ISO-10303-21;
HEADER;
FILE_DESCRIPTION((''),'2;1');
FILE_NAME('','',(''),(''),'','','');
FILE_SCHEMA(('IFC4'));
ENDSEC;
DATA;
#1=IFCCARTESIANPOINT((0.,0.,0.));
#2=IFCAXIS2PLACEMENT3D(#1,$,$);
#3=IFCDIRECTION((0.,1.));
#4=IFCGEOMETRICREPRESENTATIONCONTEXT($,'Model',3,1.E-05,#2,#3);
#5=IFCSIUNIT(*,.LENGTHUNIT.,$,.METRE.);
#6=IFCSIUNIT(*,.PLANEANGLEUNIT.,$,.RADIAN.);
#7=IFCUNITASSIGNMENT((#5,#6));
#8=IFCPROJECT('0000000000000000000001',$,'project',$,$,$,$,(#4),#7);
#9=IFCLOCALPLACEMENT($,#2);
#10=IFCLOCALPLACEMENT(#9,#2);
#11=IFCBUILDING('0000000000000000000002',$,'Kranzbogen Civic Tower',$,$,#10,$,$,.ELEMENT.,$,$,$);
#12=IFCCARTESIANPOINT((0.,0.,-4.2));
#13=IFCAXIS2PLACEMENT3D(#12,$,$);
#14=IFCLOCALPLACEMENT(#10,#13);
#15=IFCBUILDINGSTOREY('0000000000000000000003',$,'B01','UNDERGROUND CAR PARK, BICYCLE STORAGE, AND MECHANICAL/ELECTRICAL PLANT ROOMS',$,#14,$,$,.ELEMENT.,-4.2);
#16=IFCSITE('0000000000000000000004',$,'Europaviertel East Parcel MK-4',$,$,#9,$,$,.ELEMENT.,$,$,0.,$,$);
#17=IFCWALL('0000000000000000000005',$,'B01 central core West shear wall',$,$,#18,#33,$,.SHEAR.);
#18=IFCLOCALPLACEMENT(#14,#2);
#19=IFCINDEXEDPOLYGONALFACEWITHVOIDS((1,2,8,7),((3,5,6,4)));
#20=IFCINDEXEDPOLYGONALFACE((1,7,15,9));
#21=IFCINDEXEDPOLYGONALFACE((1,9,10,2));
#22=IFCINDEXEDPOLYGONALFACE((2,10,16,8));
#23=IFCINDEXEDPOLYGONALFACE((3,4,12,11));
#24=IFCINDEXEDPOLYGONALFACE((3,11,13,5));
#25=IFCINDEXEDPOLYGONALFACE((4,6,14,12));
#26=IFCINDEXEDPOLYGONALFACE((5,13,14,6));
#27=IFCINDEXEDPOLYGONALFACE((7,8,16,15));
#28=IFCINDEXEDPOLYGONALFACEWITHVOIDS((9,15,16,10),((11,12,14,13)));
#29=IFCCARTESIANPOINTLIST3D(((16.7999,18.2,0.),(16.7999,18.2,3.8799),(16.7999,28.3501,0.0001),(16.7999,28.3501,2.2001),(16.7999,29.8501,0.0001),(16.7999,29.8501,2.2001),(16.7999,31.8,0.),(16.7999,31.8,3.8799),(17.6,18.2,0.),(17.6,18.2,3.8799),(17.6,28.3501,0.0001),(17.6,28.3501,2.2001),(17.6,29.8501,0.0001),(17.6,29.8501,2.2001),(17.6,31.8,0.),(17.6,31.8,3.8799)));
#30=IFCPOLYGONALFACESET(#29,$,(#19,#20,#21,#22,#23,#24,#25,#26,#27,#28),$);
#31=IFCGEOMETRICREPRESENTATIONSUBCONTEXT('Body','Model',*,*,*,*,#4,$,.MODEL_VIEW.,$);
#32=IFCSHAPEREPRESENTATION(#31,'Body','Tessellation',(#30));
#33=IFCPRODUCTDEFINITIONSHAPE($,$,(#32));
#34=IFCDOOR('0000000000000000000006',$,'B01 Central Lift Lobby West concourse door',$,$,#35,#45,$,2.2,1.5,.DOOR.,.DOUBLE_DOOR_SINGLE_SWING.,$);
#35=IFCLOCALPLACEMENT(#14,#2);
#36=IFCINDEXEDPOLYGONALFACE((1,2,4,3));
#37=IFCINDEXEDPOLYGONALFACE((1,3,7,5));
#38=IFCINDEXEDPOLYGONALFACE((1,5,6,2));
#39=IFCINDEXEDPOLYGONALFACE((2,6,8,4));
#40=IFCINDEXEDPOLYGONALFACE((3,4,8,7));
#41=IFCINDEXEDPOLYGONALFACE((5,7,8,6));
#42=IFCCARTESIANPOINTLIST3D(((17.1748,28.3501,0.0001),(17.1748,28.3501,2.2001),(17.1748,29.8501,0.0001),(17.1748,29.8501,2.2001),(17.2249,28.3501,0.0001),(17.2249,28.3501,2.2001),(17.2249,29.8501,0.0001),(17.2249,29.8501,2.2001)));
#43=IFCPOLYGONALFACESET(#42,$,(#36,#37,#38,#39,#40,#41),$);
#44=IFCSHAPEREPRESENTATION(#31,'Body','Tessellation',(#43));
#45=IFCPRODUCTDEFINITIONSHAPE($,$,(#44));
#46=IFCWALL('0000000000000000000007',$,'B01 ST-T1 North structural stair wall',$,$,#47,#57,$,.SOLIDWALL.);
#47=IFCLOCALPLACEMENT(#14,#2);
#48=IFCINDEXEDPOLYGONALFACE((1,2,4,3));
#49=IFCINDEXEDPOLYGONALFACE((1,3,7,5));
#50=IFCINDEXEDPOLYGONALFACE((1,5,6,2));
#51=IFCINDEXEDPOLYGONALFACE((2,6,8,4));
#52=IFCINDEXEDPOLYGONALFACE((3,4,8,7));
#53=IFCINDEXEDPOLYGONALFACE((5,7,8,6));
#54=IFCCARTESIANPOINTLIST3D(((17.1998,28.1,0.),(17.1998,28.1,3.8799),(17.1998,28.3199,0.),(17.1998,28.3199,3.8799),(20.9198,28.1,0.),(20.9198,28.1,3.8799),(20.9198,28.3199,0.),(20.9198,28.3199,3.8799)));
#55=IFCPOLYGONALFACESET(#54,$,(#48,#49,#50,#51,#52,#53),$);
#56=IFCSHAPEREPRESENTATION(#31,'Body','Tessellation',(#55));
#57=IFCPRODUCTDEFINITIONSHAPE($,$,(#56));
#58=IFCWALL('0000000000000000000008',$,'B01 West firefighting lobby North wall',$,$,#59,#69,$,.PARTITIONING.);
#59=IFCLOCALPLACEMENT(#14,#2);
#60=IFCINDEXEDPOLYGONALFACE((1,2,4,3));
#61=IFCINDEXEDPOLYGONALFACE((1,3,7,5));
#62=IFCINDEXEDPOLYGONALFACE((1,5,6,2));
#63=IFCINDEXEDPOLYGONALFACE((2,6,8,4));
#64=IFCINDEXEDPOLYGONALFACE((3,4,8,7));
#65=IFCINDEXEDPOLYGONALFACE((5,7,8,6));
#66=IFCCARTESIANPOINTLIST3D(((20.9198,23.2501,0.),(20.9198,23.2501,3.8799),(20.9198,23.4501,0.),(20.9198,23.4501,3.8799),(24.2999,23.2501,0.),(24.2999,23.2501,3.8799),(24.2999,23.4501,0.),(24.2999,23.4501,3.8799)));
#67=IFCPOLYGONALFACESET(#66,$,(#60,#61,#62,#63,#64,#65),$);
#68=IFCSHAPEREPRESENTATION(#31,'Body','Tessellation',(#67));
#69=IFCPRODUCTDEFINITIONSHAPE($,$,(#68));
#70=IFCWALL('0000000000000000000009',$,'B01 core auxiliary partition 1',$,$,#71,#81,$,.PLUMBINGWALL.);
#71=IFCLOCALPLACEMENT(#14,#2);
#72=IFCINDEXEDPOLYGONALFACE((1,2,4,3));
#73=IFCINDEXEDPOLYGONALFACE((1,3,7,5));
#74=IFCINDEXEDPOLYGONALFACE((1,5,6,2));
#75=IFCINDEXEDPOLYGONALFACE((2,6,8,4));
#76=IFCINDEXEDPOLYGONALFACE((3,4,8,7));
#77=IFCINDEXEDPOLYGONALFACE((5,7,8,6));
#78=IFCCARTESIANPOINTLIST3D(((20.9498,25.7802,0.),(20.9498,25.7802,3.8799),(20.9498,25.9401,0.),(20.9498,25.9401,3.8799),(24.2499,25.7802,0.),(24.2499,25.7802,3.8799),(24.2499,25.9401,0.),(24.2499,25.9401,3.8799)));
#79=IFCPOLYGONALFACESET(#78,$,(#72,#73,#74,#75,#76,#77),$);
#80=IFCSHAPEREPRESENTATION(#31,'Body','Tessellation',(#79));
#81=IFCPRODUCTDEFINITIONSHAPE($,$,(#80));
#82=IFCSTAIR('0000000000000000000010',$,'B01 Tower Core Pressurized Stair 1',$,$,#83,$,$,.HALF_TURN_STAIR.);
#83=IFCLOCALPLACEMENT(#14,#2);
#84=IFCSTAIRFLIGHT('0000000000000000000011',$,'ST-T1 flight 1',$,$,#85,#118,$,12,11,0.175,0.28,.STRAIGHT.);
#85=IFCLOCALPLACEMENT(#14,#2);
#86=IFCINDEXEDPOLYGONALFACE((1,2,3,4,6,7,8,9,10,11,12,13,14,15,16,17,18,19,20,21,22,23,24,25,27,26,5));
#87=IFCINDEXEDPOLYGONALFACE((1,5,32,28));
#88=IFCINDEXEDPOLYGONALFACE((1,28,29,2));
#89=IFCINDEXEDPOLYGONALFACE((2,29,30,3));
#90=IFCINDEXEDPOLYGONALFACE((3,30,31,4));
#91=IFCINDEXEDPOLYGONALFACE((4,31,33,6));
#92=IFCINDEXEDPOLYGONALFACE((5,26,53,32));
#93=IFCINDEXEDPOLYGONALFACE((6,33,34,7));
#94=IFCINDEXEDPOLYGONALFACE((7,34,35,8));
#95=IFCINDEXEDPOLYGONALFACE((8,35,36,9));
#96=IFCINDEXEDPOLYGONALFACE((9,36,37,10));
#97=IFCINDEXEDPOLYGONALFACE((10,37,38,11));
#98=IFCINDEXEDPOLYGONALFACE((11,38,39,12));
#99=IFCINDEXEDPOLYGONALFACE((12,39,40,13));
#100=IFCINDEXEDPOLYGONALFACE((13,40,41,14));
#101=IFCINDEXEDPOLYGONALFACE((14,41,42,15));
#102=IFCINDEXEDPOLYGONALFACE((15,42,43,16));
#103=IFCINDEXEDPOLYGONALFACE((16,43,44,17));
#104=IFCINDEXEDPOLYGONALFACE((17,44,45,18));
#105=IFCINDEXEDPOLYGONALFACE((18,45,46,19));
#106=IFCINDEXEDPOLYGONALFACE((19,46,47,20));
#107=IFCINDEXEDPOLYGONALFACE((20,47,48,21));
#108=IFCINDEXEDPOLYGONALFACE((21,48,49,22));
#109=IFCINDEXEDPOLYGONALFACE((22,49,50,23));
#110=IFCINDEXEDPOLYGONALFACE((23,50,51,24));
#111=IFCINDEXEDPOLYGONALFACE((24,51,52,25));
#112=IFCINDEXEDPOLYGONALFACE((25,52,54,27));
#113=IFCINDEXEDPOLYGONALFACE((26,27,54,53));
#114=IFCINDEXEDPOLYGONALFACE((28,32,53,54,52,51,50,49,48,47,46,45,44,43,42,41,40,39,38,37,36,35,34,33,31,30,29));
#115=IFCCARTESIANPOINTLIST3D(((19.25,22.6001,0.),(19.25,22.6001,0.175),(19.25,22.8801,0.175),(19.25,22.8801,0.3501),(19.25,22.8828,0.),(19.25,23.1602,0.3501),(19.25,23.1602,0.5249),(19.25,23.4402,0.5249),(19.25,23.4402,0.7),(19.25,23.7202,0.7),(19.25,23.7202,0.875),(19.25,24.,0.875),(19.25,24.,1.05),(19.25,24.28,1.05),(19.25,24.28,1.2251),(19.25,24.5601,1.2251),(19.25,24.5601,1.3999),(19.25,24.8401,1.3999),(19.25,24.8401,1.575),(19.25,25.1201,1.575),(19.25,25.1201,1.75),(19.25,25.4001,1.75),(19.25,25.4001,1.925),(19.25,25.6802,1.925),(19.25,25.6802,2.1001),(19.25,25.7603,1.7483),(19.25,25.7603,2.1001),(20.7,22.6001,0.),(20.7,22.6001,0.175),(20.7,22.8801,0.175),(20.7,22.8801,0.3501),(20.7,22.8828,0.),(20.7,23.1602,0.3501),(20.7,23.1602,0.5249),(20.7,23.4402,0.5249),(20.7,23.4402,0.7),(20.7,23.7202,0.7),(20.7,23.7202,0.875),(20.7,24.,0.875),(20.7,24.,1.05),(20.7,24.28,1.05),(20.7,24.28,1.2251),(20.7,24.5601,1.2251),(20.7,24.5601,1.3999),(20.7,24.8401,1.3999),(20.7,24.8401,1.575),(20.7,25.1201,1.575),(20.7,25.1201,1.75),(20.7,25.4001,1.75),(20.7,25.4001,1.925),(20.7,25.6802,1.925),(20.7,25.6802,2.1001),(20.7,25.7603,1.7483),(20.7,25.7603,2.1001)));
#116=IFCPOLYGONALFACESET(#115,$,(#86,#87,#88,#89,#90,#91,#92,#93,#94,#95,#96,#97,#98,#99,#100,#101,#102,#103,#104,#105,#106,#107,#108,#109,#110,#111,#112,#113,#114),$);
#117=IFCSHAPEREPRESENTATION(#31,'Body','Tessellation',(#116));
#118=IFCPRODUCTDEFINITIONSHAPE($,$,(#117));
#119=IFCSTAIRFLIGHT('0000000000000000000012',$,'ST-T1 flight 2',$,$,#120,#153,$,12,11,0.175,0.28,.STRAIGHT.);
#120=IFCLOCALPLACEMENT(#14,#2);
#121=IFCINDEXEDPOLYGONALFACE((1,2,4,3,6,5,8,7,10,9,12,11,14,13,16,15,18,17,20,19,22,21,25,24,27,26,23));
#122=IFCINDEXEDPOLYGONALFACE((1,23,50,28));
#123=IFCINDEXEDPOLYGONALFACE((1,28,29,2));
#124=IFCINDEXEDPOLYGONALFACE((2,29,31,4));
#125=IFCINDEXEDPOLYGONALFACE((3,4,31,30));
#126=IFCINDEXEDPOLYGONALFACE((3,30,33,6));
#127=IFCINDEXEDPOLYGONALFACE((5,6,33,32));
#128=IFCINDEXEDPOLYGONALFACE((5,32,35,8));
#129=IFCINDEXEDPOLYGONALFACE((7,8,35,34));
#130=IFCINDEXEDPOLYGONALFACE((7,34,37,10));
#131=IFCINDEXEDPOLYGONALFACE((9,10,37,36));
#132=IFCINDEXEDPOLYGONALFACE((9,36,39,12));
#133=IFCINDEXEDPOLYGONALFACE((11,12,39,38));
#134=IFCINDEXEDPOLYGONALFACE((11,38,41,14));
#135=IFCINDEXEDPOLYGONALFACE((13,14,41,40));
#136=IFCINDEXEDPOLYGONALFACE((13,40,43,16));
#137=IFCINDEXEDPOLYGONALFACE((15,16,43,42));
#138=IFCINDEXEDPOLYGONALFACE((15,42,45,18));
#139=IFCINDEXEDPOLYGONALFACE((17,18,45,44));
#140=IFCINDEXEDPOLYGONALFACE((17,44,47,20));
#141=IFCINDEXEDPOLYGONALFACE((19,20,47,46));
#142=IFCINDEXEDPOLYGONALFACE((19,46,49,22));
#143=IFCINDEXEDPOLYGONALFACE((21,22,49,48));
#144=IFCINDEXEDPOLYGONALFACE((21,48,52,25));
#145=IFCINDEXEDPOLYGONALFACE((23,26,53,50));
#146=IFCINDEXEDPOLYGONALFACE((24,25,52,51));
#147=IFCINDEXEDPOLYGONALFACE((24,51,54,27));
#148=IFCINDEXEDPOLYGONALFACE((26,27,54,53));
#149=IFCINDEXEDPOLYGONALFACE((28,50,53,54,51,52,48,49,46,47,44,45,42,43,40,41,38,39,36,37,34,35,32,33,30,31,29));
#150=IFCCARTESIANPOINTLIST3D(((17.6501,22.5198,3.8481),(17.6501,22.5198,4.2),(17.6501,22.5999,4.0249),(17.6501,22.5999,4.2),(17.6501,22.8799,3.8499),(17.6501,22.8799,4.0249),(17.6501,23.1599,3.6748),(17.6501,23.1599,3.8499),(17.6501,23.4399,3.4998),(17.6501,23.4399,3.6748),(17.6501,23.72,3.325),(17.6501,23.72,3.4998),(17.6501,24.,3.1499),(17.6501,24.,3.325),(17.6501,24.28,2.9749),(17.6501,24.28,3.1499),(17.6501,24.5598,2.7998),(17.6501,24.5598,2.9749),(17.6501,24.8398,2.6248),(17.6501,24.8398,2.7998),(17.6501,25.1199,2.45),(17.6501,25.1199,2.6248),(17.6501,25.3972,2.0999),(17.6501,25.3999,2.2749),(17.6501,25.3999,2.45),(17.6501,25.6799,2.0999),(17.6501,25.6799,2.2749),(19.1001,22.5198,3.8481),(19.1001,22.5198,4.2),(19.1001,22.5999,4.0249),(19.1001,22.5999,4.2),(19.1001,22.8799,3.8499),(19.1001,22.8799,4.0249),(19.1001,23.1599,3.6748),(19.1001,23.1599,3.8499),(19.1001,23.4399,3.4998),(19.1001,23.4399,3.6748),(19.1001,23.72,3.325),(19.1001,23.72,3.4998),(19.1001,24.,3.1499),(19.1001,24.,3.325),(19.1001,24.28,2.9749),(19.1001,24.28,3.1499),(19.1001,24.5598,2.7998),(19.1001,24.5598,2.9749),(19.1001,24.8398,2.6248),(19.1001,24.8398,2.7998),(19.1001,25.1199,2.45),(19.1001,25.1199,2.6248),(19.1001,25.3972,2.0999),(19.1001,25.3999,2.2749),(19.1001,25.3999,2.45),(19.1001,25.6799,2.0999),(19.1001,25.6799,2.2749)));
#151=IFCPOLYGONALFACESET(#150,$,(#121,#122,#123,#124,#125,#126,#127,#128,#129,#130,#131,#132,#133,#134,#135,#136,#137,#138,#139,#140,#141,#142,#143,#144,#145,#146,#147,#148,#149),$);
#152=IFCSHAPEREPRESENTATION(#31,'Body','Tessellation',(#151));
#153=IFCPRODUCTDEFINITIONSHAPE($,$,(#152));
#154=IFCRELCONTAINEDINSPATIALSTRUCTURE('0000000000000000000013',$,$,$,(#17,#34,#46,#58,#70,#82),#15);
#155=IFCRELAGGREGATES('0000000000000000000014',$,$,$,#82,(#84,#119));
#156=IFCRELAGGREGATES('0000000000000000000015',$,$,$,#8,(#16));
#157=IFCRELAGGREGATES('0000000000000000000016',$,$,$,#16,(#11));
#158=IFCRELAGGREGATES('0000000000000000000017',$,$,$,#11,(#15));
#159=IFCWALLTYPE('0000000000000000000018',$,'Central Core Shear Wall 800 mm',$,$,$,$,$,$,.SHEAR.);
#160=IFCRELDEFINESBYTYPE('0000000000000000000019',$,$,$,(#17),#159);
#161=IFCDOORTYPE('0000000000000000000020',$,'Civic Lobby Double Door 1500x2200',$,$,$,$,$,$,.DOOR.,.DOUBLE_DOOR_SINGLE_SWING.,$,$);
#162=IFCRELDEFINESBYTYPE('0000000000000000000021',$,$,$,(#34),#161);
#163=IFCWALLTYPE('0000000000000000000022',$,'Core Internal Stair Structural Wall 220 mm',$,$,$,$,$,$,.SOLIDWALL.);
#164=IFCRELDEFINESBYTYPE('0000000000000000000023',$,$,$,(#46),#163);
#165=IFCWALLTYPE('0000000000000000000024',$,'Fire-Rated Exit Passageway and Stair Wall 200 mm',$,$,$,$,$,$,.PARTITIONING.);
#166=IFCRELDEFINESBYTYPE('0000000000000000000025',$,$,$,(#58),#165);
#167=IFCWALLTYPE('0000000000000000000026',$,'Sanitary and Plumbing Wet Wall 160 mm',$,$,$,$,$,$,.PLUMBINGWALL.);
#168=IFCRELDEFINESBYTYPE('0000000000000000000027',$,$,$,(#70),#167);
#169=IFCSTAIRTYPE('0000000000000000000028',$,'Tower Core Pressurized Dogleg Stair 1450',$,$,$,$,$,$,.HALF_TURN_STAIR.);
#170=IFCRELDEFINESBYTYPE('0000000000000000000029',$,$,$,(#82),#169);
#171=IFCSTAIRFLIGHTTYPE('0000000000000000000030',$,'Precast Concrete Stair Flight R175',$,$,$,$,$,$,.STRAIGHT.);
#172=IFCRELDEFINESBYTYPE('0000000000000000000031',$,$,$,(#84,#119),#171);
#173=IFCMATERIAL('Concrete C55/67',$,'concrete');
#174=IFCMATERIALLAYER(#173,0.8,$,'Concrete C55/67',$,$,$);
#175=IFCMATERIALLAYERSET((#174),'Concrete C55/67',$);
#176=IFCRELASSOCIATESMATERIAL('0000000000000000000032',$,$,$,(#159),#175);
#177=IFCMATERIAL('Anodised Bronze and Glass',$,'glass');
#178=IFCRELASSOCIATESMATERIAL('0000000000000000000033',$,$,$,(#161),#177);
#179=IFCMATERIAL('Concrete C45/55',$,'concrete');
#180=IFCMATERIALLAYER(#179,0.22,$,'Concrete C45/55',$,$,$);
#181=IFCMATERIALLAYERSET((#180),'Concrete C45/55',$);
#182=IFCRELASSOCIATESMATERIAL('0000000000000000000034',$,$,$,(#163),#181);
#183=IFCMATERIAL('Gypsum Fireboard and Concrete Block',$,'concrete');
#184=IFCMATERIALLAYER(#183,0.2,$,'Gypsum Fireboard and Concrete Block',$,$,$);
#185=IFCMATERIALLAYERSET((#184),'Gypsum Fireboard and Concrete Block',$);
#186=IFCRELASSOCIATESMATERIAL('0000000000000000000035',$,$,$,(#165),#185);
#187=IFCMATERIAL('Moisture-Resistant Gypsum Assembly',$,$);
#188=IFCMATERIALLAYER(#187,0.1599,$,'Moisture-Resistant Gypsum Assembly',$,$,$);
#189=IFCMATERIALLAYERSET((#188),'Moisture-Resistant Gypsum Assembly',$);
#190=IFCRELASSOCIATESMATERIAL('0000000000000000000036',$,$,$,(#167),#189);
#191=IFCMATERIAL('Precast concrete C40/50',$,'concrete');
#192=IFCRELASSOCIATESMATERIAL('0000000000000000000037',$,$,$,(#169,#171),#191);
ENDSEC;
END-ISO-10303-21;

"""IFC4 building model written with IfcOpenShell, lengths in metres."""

from ifc_helpers import new_model, si_unit, direction, frame, frame_2d, origin, place, context, subcontext, project, spatial, polyline, rectangle, outline, extrude, material, layer, layer_set, type_object, element, fill, aggregate, save


model = new_model("IFC4")

# Units and contexts
model_context = context("Model", 3, precision=1e-05, world=origin(), true_north=direction((0.0, 1.0)))
body_context = subcontext(model_context, "Body", "Model", "MODEL_VIEW")
ifc_project = project(units=[si_unit("LENGTHUNIT", "METRE"), si_unit("PLANEANGLEUNIT", "RADIAN")], contexts=[model_context])

# Site, building, storey
site_placement = place(None, origin())
site = spatial("IfcSite", under=ifc_project, at=site_placement, Name="Europaviertel East Parcel MK-4", CompositionType="ELEMENT", RefElevation=0.0)
building_placement = place(site_placement, origin())
building = spatial("IfcBuilding", under=site, at=building_placement, Name="Kranzbogen Civic Tower", CompositionType="ELEMENT")
storey_placement = place(building_placement, frame((0.0, 0.0, -4.2)))
storey = spatial("IfcBuildingStorey", under=building, at=storey_placement, Name="B01", Description="UNDERGROUND CAR PARK, BICYCLE STORAGE, AND MECHANICAL/ELECTRICAL PLANT ROOMS", CompositionType="ELEMENT", Elevation=-4.2)

# Shared definitions
ifc_material_1 = material(Name="Concrete C45/55", Category="concrete")

# Wall, opening, door
ifc_material_2 = material(Name="Concrete C55/67", Category="concrete")
ifc_layer_1 = layer(ifc_material_2, 0.8, Name="Concrete C55/67")
ifc_layer_set_1 = layer_set([ifc_layer_1], Name="Concrete C55/67")
wall_type_1 = type_object("IfcWallType", Name="Central Core Shear Wall 800 mm", PredefinedType="SHEAR", material=ifc_layer_set_1)
wall_1_placement = place(storey_placement, frame((17.2, 31.8, 0.0), z_axis=(0.0, 0.0, 1.0), x_axis=(0.0, -1.0, 0.0)))
wall_1 = element("IfcWall", 1, at=wall_1_placement, inside=storey, type_object=wall_type_1, Name="B01 central core West shear wall", PredefinedType="SHEAR", context=body_context, shape_type="SweptSolid", body=[
    extrude(rectangle(XDim=13.6001, YDim=0.8, at=frame_2d((6.8, 0.0))), origin(), (0.0, 0.0, 1.0), 3.8799),
])
opening_placement = place(wall_1_placement, frame((1.95, 0.0, 0.0)))
opening = element("IfcOpeningElement", 2, at=opening_placement, cuts=wall_1, PredefinedType="OPENING", context=body_context, shape_type="SweptSolid", body=[
    extrude(rectangle(XDim=1.5, YDim=2.2, at=frame_2d((0.75, 1.1001))), frame((0.0, 0.4102, 0.0), z_axis=(0.0, -1.0, 0.0), x_axis=(1.0, 0.0, 0.0)), (0.0, 0.0, 1.0), 0.8201),
])
ifc_material_3 = material(Name="Anodised Bronze and Glass", Category="glass")
door_type = type_object("IfcDoorType", Name="Civic Lobby Double Door 1500x2200", OperationType="DOUBLE_DOOR_SINGLE_SWING", PredefinedType="DOOR", material=ifc_material_3)
door_placement = place(opening_placement, origin())
door = element("IfcDoor", 3, at=door_placement, inside=storey, type_object=door_type, Name="B01 Central Lift Lobby West concourse door", OperationType="DOUBLE_DOOR_SINGLE_SWING", OverallHeight=2.2, OverallWidth=1.5, PredefinedType="DOOR", context=body_context, shape_type="SweptSolid", body=[
    extrude(rectangle(XDim=1.5, YDim=2.2, at=frame_2d((0.75, 1.1001))), frame((0.0, 0.0249, 0.0), z_axis=(0.0, -1.0, 0.0), x_axis=(1.0, 0.0, 0.0)), (0.0, 0.0, 1.0), 0.05),
])
fill(opening, door)

# Walls
ifc_layer_2 = layer(ifc_material_1, 0.22, Name="Concrete C45/55")
ifc_layer_set_2 = layer_set([ifc_layer_2], Name="Concrete C45/55")
wall_type_2 = type_object("IfcWallType", Name="Core Internal Stair Structural Wall 220 mm", PredefinedType="SOLIDWALL", material=ifc_layer_set_2)
wall_2_placement = place(storey_placement, frame((17.2, 28.21, 0.0), z_axis=(0.0, 0.0, 1.0), x_axis=(1.0, 0.0, 0.0)))
element("IfcWall", 4, at=wall_2_placement, inside=storey, type_object=wall_type_2, Name="B01 ST-T1 North structural stair wall", PredefinedType="SOLIDWALL", context=body_context, shape_type="SweptSolid", body=[
    extrude(rectangle(XDim=3.72, YDim=0.22, at=frame_2d((1.8599, 0.0))), origin(), (0.0, 0.0, 1.0), 3.8799),
])
ifc_material_4 = material(Name="Gypsum Fireboard and Concrete Block", Category="concrete")
ifc_layer_3 = layer(ifc_material_4, 0.2, Name="Gypsum Fireboard and Concrete Block")
ifc_layer_set_3 = layer_set([ifc_layer_3], Name="Gypsum Fireboard and Concrete Block")
wall_type_3 = type_object("IfcWallType", Name="Fire-Rated Exit Passageway and Stair Wall 200 mm", PredefinedType="PARTITIONING", material=ifc_layer_set_3)
wall_3_placement = place(storey_placement, frame((20.9199, 23.3501, 0.0), z_axis=(0.0, 0.0, 1.0), x_axis=(1.0, 0.0, 0.0)))
element("IfcWall", 5, at=wall_3_placement, inside=storey, type_object=wall_type_3, Name="B01 West firefighting lobby North wall", PredefinedType="PARTITIONING", context=body_context, shape_type="SweptSolid", body=[
    extrude(rectangle(XDim=3.3801, YDim=0.2, at=frame_2d((1.6899, 0.0))), origin(), (0.0, 0.0, 1.0), 3.8799),
])
ifc_material_5 = material(Name="Moisture-Resistant Gypsum Assembly")
ifc_layer_4 = layer(ifc_material_5, 0.1599, Name="Moisture-Resistant Gypsum Assembly")
ifc_layer_set_4 = layer_set([ifc_layer_4], Name="Moisture-Resistant Gypsum Assembly")
wall_type_4 = type_object("IfcWallType", Name="Sanitary and Plumbing Wet Wall 160 mm", PredefinedType="PLUMBINGWALL", material=ifc_layer_set_4)
wall_4_placement = place(storey_placement, frame((20.95, 25.8601, 0.0), z_axis=(0.0, 0.0, 1.0), x_axis=(1.0, 0.0, 0.0)))
element("IfcWall", 6, at=wall_4_placement, inside=storey, type_object=wall_type_4, Name="B01 core auxiliary partition 1", PredefinedType="PLUMBINGWALL", context=body_context, shape_type="SweptSolid", body=[
    extrude(rectangle(XDim=3.3, YDim=0.1599, at=frame_2d((1.6499, 0.0))), origin(), (0.0, 0.0, 1.0), 3.8799),
])

# Stair, stair flights
ifc_material_6 = material(Name="Precast concrete C40/50", Category="concrete")
stair_type = type_object("IfcStairType", Name="Tower Core Pressurized Dogleg Stair 1450", PredefinedType="HALF_TURN_STAIR", material=ifc_material_6)
stair_placement = place(storey_placement, origin())
stair = element("IfcStair", 7, at=stair_placement, inside=storey, type_object=stair_type, Name="B01 Tower Core Pressurized Stair 1", PredefinedType="HALF_TURN_STAIR")
stair_flight_type = type_object("IfcStairFlightType", Name="Precast Concrete Stair Flight R175", PredefinedType="STRAIGHT", material=ifc_material_6)
stair_flight_1_placement = place(storey_placement, frame((19.9751, 22.6001, 0.0), z_axis=(0.0, 0.0, 1.0), x_axis=(0.0, 1.0, 0.0)))
stair_flight_1 = element("IfcStairFlight", 8, at=stair_flight_1_placement, type_object=stair_flight_type, Name="ST-T1 flight 1", NumberOfRisers=12, NumberOfTreads=11, PredefinedType="STRAIGHT", RiserHeight=0.175, TreadLength=0.28, context=body_context, shape_type="SweptSolid", body=[
    extrude(outline(polyline([(0.0, 0.0), (0.0, 0.175), (0.28, 0.175), (0.28, 0.3501), (0.5601, 0.3501), (0.5601, 0.5249), (0.8401, 0.5249), (0.8401, 0.7), (1.1201, 0.7), (1.1201, 0.875), (1.3999, 0.875), (1.3999, 1.05), (1.6799, 1.05), (1.6799, 1.2251), (1.96, 1.2251), (1.96, 1.3999), (2.24, 1.3999), (2.24, 1.575), (2.52, 1.575), (2.52, 1.75), (2.8, 1.75), (2.8, 1.925), (3.0801, 1.925), (3.0801, 2.1001), (3.1602, 2.1001), (3.1602, 1.7483), (0.2827, 0.0), (0.0, 0.0)])), frame((0.0, 0.7251, 0.0), z_axis=(0.0, -1.0, 0.0), x_axis=(1.0, 0.0, 0.0)), (0.0, 0.0, 1.0), 1.45),
])
stair_flight_2_placement = place(storey_placement, frame((18.375, 25.6799, 2.0999), z_axis=(0.0, 0.0, 1.0), x_axis=(0.0, -1.0, 0.0)))
stair_flight_2 = element("IfcStairFlight", 9, at=stair_flight_2_placement, type_object=stair_flight_type, Name="ST-T1 flight 2", NumberOfRisers=12, NumberOfTreads=11, PredefinedType="STRAIGHT", RiserHeight=0.175, TreadLength=0.28, context=body_context, shape_type="SweptSolid", body=[
    extrude(outline(polyline([(0.0, 0.0), (0.0, 0.175), (0.28, 0.175), (0.28, 0.3501), (0.5601, 0.3501), (0.5601, 0.5249), (0.8401, 0.5249), (0.8401, 0.7), (1.1201, 0.7), (1.1201, 0.875), (1.3999, 0.875), (1.3999, 1.05), (1.6799, 1.05), (1.6799, 1.2251), (1.96, 1.2251), (1.96, 1.3999), (2.24, 1.3999), (2.24, 1.575), (2.52, 1.575), (2.52, 1.75), (2.8, 1.75), (2.8, 1.925), (3.0801, 1.925), (3.0801, 2.1001), (3.1602, 2.1001), (3.1602, 1.7483), (0.2827, 0.0), (0.0, 0.0)])), frame((0.0, 0.7251, 0.0), z_axis=(0.0, -1.0, 0.0), x_axis=(1.0, 0.0, 0.0)), (0.0, 0.0, 1.0), 1.45),
])
aggregate(stair, [stair_flight_1, stair_flight_2])

save(model, "model.ifc")
